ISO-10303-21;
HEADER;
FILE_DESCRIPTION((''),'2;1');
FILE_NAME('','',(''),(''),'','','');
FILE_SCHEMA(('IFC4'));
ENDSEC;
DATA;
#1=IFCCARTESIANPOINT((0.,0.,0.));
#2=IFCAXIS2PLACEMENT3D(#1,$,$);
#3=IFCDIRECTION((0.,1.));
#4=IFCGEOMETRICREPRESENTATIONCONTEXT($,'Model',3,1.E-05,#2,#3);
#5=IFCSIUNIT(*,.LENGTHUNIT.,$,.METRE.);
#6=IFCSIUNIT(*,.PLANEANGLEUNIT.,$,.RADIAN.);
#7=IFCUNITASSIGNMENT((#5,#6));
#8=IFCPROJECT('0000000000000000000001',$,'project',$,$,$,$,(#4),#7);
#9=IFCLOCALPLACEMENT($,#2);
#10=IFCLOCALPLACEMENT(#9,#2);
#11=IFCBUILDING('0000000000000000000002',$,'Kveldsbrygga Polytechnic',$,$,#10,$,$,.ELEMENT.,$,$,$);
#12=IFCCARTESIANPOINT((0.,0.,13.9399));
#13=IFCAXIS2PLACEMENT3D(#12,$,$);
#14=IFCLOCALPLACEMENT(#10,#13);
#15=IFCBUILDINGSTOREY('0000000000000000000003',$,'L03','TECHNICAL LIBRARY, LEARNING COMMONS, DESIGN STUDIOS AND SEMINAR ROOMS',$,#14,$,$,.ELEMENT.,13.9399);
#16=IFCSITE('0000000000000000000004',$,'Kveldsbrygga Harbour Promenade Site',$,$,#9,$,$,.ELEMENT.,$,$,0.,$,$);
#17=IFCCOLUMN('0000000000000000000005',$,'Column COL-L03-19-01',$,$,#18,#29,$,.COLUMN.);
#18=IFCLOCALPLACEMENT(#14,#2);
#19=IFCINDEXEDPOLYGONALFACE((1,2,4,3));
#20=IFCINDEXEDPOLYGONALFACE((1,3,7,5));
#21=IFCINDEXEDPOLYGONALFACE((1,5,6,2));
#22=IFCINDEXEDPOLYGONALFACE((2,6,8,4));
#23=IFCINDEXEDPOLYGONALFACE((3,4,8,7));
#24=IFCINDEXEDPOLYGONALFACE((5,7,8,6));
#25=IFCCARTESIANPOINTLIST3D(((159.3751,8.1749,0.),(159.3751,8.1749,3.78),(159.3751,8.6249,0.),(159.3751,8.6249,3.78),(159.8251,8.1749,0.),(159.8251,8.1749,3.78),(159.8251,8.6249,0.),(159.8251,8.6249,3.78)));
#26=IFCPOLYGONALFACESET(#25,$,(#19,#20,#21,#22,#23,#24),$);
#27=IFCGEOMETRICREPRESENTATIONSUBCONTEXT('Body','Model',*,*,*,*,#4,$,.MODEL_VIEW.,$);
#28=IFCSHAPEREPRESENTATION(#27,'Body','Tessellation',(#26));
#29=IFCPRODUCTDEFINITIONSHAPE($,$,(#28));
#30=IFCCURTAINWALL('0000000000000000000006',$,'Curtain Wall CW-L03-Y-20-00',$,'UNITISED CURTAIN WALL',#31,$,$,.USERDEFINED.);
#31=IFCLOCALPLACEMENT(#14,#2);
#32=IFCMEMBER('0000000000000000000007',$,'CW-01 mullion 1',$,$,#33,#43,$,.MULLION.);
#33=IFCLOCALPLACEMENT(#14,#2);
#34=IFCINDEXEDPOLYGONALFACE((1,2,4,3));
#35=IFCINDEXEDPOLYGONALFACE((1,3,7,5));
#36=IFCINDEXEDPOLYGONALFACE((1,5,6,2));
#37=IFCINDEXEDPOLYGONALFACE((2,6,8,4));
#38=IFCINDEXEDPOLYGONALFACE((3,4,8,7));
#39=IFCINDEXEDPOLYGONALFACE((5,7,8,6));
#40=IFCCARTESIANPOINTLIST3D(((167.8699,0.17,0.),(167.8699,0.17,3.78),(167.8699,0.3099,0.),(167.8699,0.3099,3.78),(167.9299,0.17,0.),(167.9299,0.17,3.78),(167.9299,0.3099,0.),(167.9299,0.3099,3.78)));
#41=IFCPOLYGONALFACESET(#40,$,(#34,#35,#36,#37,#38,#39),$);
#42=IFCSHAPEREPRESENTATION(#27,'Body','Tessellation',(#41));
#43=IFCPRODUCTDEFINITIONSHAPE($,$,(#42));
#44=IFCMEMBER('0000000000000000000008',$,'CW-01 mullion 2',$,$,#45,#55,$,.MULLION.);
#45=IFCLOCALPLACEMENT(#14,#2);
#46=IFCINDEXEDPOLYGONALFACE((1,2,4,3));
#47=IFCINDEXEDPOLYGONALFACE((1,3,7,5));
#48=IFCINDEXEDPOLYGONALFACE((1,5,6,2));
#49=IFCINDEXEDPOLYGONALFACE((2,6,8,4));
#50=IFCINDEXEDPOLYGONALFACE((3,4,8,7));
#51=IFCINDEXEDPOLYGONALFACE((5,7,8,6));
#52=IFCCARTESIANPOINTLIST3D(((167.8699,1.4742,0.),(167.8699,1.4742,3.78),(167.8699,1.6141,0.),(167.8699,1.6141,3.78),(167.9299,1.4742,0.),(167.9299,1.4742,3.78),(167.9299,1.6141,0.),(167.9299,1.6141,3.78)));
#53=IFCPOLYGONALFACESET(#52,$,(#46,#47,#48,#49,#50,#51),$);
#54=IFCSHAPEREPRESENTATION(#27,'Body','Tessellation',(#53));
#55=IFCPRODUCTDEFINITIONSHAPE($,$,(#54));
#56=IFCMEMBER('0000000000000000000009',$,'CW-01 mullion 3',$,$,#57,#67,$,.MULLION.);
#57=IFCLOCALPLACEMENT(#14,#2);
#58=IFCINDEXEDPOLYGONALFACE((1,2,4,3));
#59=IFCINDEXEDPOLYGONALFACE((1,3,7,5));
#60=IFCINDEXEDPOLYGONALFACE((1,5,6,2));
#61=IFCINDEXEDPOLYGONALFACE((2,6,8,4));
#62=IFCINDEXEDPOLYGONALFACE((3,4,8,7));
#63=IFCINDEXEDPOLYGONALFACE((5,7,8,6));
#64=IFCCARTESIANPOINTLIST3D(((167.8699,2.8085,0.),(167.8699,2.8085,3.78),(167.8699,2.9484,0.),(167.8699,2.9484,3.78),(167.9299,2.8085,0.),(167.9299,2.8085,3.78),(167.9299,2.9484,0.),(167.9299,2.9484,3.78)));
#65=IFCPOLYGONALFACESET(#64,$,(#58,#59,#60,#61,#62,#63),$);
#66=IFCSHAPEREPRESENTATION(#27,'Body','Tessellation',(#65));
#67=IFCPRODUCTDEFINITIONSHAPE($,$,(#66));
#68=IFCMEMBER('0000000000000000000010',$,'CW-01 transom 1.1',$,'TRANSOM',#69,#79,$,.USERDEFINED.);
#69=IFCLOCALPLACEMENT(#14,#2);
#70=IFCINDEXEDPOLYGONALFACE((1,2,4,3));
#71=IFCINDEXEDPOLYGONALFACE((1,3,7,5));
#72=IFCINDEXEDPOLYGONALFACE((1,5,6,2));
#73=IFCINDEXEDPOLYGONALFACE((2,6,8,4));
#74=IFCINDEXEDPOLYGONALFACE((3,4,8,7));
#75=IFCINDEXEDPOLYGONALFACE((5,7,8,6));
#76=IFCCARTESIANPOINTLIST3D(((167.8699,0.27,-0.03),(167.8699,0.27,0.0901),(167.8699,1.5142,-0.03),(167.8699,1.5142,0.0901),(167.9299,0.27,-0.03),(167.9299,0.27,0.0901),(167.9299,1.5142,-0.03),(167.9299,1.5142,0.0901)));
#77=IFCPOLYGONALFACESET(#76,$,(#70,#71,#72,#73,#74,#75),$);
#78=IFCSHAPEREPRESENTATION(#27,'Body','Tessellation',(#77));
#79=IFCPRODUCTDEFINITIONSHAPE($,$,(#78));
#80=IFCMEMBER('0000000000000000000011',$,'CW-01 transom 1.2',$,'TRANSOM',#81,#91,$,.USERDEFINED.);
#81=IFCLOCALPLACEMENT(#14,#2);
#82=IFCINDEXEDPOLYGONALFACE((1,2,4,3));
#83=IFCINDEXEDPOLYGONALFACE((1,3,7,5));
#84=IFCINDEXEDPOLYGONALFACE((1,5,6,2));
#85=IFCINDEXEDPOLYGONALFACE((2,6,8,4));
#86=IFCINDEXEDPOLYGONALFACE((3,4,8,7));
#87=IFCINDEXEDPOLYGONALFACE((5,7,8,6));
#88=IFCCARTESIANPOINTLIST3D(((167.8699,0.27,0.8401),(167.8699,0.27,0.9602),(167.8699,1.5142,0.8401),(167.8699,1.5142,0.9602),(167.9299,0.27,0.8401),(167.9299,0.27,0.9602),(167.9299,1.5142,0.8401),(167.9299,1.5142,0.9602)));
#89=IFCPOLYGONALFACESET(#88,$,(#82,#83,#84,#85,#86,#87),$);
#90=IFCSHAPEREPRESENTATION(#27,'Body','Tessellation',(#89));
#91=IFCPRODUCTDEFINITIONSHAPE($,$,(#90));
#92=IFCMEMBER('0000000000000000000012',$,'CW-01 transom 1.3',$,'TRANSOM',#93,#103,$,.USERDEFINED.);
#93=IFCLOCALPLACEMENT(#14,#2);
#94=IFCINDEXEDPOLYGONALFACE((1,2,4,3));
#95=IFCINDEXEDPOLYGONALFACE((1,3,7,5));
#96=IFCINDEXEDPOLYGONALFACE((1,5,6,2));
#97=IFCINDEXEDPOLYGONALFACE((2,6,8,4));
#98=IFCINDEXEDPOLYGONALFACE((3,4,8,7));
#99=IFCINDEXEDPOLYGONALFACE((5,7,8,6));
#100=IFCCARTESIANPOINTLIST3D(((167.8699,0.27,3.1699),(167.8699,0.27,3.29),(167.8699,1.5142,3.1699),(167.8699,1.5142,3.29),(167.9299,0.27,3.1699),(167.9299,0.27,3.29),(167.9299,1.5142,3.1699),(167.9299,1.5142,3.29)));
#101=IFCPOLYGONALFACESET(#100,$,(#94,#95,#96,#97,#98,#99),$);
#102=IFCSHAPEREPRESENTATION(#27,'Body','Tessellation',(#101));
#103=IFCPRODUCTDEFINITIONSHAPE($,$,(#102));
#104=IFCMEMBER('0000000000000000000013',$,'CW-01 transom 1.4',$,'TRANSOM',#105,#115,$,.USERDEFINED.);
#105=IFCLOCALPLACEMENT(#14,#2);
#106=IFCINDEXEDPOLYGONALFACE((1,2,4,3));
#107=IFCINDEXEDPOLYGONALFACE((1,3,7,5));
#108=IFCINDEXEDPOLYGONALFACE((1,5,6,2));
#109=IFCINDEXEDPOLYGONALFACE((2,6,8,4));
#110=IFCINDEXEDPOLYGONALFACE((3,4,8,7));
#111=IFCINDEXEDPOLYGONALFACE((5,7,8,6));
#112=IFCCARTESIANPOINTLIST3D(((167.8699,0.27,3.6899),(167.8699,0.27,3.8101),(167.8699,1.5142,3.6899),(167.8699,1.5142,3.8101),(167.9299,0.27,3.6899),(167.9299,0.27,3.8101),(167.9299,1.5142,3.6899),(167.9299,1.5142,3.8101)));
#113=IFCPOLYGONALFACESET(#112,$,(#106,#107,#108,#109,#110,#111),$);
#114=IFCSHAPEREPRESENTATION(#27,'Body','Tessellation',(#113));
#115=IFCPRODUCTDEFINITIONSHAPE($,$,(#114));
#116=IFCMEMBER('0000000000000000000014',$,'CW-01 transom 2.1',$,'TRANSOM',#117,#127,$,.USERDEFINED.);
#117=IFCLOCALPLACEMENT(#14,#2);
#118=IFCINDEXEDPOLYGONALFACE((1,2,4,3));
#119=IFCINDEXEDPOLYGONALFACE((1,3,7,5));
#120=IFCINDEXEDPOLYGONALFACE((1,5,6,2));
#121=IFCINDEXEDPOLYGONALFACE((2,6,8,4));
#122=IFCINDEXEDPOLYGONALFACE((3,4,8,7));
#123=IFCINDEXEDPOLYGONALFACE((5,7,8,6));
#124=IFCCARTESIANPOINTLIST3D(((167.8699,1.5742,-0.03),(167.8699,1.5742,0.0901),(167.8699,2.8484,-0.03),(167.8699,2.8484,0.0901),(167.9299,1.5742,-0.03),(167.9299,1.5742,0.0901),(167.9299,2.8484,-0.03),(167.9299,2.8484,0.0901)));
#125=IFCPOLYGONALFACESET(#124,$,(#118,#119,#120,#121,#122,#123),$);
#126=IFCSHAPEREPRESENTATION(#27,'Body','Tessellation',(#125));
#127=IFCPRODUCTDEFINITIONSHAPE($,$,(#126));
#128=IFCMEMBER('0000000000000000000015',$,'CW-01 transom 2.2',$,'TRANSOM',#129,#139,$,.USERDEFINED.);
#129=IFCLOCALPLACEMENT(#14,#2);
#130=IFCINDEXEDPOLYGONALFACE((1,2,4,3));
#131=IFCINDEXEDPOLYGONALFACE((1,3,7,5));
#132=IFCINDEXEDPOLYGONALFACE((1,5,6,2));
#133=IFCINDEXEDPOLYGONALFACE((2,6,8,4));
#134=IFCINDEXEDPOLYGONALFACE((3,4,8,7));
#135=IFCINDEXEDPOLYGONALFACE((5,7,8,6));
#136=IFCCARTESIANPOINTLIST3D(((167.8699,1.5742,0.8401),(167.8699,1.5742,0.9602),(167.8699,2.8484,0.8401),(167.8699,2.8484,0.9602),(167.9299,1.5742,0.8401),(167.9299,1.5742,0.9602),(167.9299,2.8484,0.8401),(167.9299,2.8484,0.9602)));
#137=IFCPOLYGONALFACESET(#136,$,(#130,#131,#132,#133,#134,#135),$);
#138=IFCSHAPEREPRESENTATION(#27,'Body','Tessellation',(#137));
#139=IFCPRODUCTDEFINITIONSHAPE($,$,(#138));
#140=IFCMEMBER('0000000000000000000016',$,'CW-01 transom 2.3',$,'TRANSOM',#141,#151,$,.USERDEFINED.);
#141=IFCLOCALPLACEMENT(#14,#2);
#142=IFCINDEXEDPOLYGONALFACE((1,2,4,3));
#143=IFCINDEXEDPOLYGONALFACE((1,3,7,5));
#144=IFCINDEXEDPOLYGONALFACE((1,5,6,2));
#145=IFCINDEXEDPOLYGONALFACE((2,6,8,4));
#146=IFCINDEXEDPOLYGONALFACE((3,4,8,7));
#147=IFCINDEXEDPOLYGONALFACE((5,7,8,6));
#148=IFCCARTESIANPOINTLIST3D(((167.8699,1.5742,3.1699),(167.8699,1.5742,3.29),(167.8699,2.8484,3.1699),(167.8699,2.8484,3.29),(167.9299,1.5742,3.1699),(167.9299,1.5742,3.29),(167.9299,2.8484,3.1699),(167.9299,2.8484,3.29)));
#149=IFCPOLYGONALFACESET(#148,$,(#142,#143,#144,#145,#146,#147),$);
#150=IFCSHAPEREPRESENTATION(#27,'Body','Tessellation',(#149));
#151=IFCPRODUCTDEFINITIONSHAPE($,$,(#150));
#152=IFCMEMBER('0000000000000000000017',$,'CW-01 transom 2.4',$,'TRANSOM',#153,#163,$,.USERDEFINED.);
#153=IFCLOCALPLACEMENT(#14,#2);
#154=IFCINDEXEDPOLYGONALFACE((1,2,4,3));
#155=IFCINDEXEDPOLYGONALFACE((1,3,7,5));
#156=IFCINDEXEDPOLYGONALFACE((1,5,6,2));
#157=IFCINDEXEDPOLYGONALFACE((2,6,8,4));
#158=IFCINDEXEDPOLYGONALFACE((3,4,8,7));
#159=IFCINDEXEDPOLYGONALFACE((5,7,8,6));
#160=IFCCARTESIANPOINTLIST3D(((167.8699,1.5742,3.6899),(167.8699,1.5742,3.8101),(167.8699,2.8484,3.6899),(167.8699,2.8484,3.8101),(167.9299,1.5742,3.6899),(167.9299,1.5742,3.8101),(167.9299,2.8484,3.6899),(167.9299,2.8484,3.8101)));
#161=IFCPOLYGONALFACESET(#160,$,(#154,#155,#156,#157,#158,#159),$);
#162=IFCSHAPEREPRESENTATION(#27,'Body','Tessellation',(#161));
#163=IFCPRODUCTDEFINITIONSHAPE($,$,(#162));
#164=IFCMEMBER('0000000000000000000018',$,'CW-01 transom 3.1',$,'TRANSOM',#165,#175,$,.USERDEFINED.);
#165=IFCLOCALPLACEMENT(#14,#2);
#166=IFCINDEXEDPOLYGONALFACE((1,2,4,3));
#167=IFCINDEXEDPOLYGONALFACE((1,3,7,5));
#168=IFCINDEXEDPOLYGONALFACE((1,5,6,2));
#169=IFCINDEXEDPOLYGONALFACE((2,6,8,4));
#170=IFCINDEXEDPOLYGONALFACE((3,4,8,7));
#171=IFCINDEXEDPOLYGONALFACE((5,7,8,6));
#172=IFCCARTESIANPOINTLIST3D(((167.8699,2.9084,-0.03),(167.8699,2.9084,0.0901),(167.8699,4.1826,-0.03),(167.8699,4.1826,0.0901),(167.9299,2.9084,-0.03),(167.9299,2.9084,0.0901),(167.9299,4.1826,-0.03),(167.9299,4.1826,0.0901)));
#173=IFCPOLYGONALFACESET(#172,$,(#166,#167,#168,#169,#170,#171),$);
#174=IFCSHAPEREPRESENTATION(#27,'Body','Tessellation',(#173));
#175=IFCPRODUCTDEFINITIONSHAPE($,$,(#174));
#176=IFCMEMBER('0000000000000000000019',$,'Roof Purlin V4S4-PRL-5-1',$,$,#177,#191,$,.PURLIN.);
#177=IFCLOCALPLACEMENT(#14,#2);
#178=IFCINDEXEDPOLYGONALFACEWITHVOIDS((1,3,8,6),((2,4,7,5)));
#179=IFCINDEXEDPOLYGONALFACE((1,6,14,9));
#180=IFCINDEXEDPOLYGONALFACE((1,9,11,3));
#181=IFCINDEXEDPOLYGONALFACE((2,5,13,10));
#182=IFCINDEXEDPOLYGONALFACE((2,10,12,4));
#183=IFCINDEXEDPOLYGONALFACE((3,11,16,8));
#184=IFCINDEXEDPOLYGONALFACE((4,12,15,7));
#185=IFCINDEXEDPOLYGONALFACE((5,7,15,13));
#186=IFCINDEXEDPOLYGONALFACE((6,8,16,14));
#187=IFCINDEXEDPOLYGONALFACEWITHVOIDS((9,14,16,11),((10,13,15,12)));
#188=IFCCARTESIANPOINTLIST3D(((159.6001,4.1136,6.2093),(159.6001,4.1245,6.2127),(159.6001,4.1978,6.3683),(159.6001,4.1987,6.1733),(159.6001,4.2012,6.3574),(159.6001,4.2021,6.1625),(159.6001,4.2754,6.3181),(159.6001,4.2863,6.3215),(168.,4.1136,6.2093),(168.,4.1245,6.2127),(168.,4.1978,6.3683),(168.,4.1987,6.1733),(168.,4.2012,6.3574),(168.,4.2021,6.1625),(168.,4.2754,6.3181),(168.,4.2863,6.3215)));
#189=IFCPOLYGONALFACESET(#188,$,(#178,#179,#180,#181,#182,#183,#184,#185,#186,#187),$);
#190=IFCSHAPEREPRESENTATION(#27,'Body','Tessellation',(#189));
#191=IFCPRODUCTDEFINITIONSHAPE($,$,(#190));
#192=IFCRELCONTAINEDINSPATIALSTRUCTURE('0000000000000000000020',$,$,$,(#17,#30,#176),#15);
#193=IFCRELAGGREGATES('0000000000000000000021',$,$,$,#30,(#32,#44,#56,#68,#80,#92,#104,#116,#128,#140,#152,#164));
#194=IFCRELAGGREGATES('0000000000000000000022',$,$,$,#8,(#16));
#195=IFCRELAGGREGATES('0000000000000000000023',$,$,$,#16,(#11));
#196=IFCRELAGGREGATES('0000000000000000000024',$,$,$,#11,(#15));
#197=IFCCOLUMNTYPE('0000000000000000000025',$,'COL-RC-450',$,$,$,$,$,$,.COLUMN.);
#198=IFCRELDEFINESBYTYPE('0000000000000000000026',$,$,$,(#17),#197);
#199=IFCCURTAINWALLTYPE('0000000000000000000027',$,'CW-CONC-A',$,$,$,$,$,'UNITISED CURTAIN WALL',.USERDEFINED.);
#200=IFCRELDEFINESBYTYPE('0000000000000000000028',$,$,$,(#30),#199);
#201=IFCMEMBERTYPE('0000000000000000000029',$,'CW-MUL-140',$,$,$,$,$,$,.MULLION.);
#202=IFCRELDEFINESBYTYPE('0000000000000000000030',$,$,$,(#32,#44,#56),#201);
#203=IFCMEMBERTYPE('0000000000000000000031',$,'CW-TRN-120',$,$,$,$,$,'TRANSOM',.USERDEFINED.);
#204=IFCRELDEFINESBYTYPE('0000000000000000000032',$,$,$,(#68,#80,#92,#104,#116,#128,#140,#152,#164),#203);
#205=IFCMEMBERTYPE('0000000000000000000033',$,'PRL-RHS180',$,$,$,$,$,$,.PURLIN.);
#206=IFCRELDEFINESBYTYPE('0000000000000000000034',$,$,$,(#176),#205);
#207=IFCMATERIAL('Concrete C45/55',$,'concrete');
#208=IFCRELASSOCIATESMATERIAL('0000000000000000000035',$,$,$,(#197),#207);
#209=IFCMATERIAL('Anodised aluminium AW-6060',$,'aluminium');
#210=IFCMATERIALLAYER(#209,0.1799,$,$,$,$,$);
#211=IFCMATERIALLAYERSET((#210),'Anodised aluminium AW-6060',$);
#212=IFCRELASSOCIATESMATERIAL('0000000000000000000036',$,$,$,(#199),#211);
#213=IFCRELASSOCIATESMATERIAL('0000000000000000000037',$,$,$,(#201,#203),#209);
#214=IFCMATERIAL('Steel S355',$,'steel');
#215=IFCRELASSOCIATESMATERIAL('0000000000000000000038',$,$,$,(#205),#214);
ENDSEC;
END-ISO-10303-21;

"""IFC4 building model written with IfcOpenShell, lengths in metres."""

from ifc_helpers import new_model, si_unit, direction, frame, origin, origin_2d, place, context, subcontext, project, spatial, rectangle, hollow_rectangle, extrude, material, layer, layer_set, material_profile, profile_set, type_object, element, aggregate, save


model = new_model("IFC4")

# Units and contexts
model_context = context("Model", 3, precision=1e-05, world=origin(), true_north=direction((0.0, 1.0)))
body_context = subcontext(model_context, "Body", "Model", "MODEL_VIEW")
ifc_project = project(units=[si_unit("LENGTHUNIT", "METRE"), si_unit("PLANEANGLEUNIT", "RADIAN")], contexts=[model_context])

# Site, building, storey
site_placement = place(None, origin())
site = spatial("IfcSite", under=ifc_project, at=site_placement, Name="Kveldsbrygga Harbour Promenade Site", CompositionType="ELEMENT", RefElevation=0.0)
building_placement = place(site_placement, origin())
building = spatial("IfcBuilding", under=site, at=building_placement, Name="Kveldsbrygga Polytechnic", CompositionType="ELEMENT")
storey_placement = place(building_placement, frame((0.0, 0.0, 13.9399)))
storey = spatial("IfcBuildingStorey", under=building, at=storey_placement, Name="L03", Description="TECHNICAL LIBRARY, LEARNING COMMONS, DESIGN STUDIOS AND SEMINAR ROOMS", CompositionType="ELEMENT", Elevation=13.9399)

# Column
ifc_material_1 = material(Name="Concrete C45/55", Category="concrete")
ifc_material_profile_1 = material_profile(ifc_material_1, rectangle(XDim=0.45, YDim=0.45, at=origin_2d()), Name="RC 450x450")
ifc_profile_set_1 = profile_set([ifc_material_profile_1], Name="Concrete C45/55")
column_type = type_object("IfcColumnType", Name="COL-RC-450", PredefinedType="COLUMN", material=ifc_profile_set_1)
column_placement = place(storey_placement, frame((159.6001, 8.3999, 0.0), z_axis=(0.0, 0.0, 1.0), x_axis=(1.0, 0.0, 0.0)))
element("IfcColumn", 1, at=column_placement, inside=storey, type_object=column_type, Name="Column COL-L03-19-01", PredefinedType="COLUMN", context=body_context, shape_type="SweptSolid", body=[
    extrude(rectangle(XDim=0.45, YDim=0.45, at=origin_2d()), origin(), (0.0, 0.0, 1.0), 3.78),
])

# Curtain wall, members
ifc_material_2 = material(Name="Anodised aluminium AW-6060", Category="aluminium")
ifc_layer_1 = layer(ifc_material_2, 0.1799)
ifc_layer_set_1 = layer_set([ifc_layer_1], Name="Anodised aluminium AW-6060")
curtain_wall_type = type_object("IfcCurtainWallType", Name="CW-CONC-A", ElementType="UNITISED CURTAIN WALL", PredefinedType="USERDEFINED", material=ifc_layer_set_1)
curtain_wall_placement = place(storey_placement, origin())
curtain_wall = element("IfcCurtainWall", 2, at=curtain_wall_placement, inside=storey, type_object=curtain_wall_type, Name="Curtain Wall CW-L03-Y-20-00", ObjectType="UNITISED CURTAIN WALL", PredefinedType="USERDEFINED")
ifc_material_profile_2 = material_profile(ifc_material_2, rectangle(XDim=0.0601, YDim=0.1399, at=origin_2d()), Name="ALU 60x140")
ifc_profile_set_2 = profile_set([ifc_material_profile_2], Name="Anodised aluminium AW-6060")
member_type_1 = type_object("IfcMemberType", Name="CW-MUL-140", PredefinedType="MULLION", material=ifc_profile_set_2)
member_1_placement = place(storey_placement, frame((167.8999, 0.24, 0.0), z_axis=(0.0, 0.0, 1.0), x_axis=(-1.0, 0.0, 0.0)))
member_1 = element("IfcMember", 3, at=member_1_placement, type_object=member_type_1, Name="CW-01 mullion 1", PredefinedType="MULLION", context=body_context, shape_type="SweptSolid", body=[
    extrude(rectangle(XDim=0.0601, YDim=0.1399, at=origin_2d()), origin(), (0.0, 0.0, 1.0), 3.78),
])
member_2_placement = place(storey_placement, frame((167.8999, 1.5442, 0.0), z_axis=(0.0, 0.0, 1.0), x_axis=(-1.0, 0.0, 0.0)))
member_2 = element("IfcMember", 4, at=member_2_placement, type_object=member_type_1, Name="CW-01 mullion 2", PredefinedType="MULLION", context=body_context, shape_type="SweptSolid", body=[
    extrude(rectangle(XDim=0.0601, YDim=0.1399, at=origin_2d()), origin(), (0.0, 0.0, 1.0), 3.78),
])
member_3_placement = place(storey_placement, frame((167.8999, 2.8784, 0.0), z_axis=(0.0, 0.0, 1.0), x_axis=(-1.0, 0.0, 0.0)))
member_3 = element("IfcMember", 5, at=member_3_placement, type_object=member_type_1, Name="CW-01 mullion 3", PredefinedType="MULLION", context=body_context, shape_type="SweptSolid", body=[
    extrude(rectangle(XDim=0.0601, YDim=0.1399, at=origin_2d()), origin(), (0.0, 0.0, 1.0), 3.78),
])
ifc_material_profile_3 = material_profile(ifc_material_2, rectangle(XDim=0.0601, YDim=0.1201, at=origin_2d()), Name="ALU 60x120")
ifc_profile_set_3 = profile_set([ifc_material_profile_3], Name="Anodised aluminium AW-6060")
member_type_2 = type_object("IfcMemberType", Name="CW-TRN-120", ElementType="TRANSOM", PredefinedType="USERDEFINED", material=ifc_profile_set_3)
member_4_placement = place(storey_placement, frame((167.8999, 0.27, 0.03), z_axis=(0.0, 1.0, 0.0), x_axis=(-1.0, 0.0, 0.0)))
member_4 = element("IfcMember", 6, at=member_4_placement, type_object=member_type_2, Name="CW-01 transom 1.1", ObjectType="TRANSOM", PredefinedType="USERDEFINED", context=body_context, shape_type="SweptSolid", body=[
    extrude(rectangle(XDim=0.0601, YDim=0.1201, at=origin_2d()), origin(), (0.0, 0.0, 1.0), 1.2441),
])
member_5_placement = place(storey_placement, frame((167.8999, 0.27, 0.9001), z_axis=(0.0, 1.0, 0.0), x_axis=(-1.0, 0.0, 0.0)))
member_5 = element("IfcMember", 7, at=member_5_placement, type_object=member_type_2, Name="CW-01 transom 1.2", ObjectType="TRANSOM", PredefinedType="USERDEFINED", context=body_context, shape_type="SweptSolid", body=[
    extrude(rectangle(XDim=0.0601, YDim=0.1201, at=origin_2d()), origin(), (0.0, 0.0, 1.0), 1.2441),
])
member_6_placement = place(storey_placement, frame((167.8999, 0.27, 3.23), z_axis=(0.0, 1.0, 0.0), x_axis=(-1.0, 0.0, 0.0)))
member_6 = element("IfcMember", 8, at=member_6_placement, type_object=member_type_2, Name="CW-01 transom 1.3", ObjectType="TRANSOM", PredefinedType="USERDEFINED", context=body_context, shape_type="SweptSolid", body=[
    extrude(rectangle(XDim=0.0601, YDim=0.1201, at=origin_2d()), origin(), (0.0, 0.0, 1.0), 1.2441),
])
member_7_placement = place(storey_placement, frame((167.8999, 0.27, 3.75), z_axis=(0.0, 1.0, 0.0), x_axis=(-1.0, 0.0, 0.0)))
member_7 = element("IfcMember", 9, at=member_7_placement, type_object=member_type_2, Name="CW-01 transom 1.4", ObjectType="TRANSOM", PredefinedType="USERDEFINED", context=body_context, shape_type="SweptSolid", body=[
    extrude(rectangle(XDim=0.0601, YDim=0.1201, at=origin_2d()), origin(), (0.0, 0.0, 1.0), 1.2441),
])
member_8_placement = place(storey_placement, frame((167.8999, 1.5742, 0.03), z_axis=(0.0, 1.0, 0.0), x_axis=(-1.0, 0.0, 0.0)))
member_8 = element("IfcMember", 10, at=member_8_placement, type_object=member_type_2, Name="CW-01 transom 2.1", ObjectType="TRANSOM", PredefinedType="USERDEFINED", context=body_context, shape_type="SweptSolid", body=[
    extrude(rectangle(XDim=0.0601, YDim=0.1201, at=origin_2d()), origin(), (0.0, 0.0, 1.0), 1.2742),
])
member_9_placement = place(storey_placement, frame((167.8999, 1.5742, 0.9001), z_axis=(0.0, 1.0, 0.0), x_axis=(-1.0, 0.0, 0.0)))
member_9 = element("IfcMember", 11, at=member_9_placement, type_object=member_type_2, Name="CW-01 transom 2.2", ObjectType="TRANSOM", PredefinedType="USERDEFINED", context=body_context, shape_type="SweptSolid", body=[
    extrude(rectangle(XDim=0.0601, YDim=0.1201, at=origin_2d()), origin(), (0.0, 0.0, 1.0), 1.2742),
])
member_10_placement = place(storey_placement, frame((167.8999, 1.5742, 3.23), z_axis=(0.0, 1.0, 0.0), x_axis=(-1.0, 0.0, 0.0)))
member_10 = element("IfcMember", 12, at=member_10_placement, type_object=member_type_2, Name="CW-01 transom 2.3", ObjectType="TRANSOM", PredefinedType="USERDEFINED", context=body_context, shape_type="SweptSolid", body=[
    extrude(rectangle(XDim=0.0601, YDim=0.1201, at=origin_2d()), origin(), (0.0, 0.0, 1.0), 1.2742),
])
member_11_placement = place(storey_placement, frame((167.8999, 1.5742, 3.75), z_axis=(0.0, 1.0, 0.0), x_axis=(-1.0, 0.0, 0.0)))
member_11 = element("IfcMember", 13, at=member_11_placement, type_object=member_type_2, Name="CW-01 transom 2.4", ObjectType="TRANSOM", PredefinedType="USERDEFINED", context=body_context, shape_type="SweptSolid", body=[
    extrude(rectangle(XDim=0.0601, YDim=0.1201, at=origin_2d()), origin(), (0.0, 0.0, 1.0), 1.2742),
])
member_12_placement = place(storey_placement, frame((167.8999, 2.9084, 0.03), z_axis=(0.0, 1.0, 0.0), x_axis=(-1.0, 0.0, 0.0)))
member_12 = element("IfcMember", 14, at=member_12_placement, type_object=member_type_2, Name="CW-01 transom 3.1", ObjectType="TRANSOM", PredefinedType="USERDEFINED", context=body_context, shape_type="SweptSolid", body=[
    extrude(rectangle(XDim=0.0601, YDim=0.1201, at=origin_2d()), origin(), (0.0, 0.0, 1.0), 1.2742),
])

# Member
ifc_material_3 = material(Name="Steel S355", Category="steel")
ifc_material_profile_4 = material_profile(ifc_material_3, hollow_rectangle(XDim=0.1001, YDim=0.1799, WallThickness=0.0081, at=origin_2d()), Name="RHS 180x100x8.0")
ifc_profile_set_4 = profile_set([ifc_material_profile_4], Name="Steel S355")
member_type_3 = type_object("IfcMemberType", Name="PRL-RHS180", PredefinedType="PURLIN", material=ifc_profile_set_4)
member_13_placement = place(storey_placement, frame((159.6001, 4.2, 6.2654), z_axis=(1.0, 0.0, 0.0), x_axis=(0.0, 0.88366, -0.468129)))
element("IfcMember", 15, at=member_13_placement, inside=storey, type_object=member_type_3, Name="Roof Purlin V4S4-PRL-5-1", PredefinedType="PURLIN", context=body_context, shape_type="SweptSolid", body=[
    extrude(hollow_rectangle(XDim=0.1001, YDim=0.1799, WallThickness=0.0081, at=origin_2d()), origin(), (0.0, 0.0, 1.0), 8.3999),
])

aggregate(curtain_wall, [member_1, member_2, member_3, member_4, member_5, member_6, member_7, member_8, member_9, member_10, member_11, member_12])

save(model, "model.ifc")
